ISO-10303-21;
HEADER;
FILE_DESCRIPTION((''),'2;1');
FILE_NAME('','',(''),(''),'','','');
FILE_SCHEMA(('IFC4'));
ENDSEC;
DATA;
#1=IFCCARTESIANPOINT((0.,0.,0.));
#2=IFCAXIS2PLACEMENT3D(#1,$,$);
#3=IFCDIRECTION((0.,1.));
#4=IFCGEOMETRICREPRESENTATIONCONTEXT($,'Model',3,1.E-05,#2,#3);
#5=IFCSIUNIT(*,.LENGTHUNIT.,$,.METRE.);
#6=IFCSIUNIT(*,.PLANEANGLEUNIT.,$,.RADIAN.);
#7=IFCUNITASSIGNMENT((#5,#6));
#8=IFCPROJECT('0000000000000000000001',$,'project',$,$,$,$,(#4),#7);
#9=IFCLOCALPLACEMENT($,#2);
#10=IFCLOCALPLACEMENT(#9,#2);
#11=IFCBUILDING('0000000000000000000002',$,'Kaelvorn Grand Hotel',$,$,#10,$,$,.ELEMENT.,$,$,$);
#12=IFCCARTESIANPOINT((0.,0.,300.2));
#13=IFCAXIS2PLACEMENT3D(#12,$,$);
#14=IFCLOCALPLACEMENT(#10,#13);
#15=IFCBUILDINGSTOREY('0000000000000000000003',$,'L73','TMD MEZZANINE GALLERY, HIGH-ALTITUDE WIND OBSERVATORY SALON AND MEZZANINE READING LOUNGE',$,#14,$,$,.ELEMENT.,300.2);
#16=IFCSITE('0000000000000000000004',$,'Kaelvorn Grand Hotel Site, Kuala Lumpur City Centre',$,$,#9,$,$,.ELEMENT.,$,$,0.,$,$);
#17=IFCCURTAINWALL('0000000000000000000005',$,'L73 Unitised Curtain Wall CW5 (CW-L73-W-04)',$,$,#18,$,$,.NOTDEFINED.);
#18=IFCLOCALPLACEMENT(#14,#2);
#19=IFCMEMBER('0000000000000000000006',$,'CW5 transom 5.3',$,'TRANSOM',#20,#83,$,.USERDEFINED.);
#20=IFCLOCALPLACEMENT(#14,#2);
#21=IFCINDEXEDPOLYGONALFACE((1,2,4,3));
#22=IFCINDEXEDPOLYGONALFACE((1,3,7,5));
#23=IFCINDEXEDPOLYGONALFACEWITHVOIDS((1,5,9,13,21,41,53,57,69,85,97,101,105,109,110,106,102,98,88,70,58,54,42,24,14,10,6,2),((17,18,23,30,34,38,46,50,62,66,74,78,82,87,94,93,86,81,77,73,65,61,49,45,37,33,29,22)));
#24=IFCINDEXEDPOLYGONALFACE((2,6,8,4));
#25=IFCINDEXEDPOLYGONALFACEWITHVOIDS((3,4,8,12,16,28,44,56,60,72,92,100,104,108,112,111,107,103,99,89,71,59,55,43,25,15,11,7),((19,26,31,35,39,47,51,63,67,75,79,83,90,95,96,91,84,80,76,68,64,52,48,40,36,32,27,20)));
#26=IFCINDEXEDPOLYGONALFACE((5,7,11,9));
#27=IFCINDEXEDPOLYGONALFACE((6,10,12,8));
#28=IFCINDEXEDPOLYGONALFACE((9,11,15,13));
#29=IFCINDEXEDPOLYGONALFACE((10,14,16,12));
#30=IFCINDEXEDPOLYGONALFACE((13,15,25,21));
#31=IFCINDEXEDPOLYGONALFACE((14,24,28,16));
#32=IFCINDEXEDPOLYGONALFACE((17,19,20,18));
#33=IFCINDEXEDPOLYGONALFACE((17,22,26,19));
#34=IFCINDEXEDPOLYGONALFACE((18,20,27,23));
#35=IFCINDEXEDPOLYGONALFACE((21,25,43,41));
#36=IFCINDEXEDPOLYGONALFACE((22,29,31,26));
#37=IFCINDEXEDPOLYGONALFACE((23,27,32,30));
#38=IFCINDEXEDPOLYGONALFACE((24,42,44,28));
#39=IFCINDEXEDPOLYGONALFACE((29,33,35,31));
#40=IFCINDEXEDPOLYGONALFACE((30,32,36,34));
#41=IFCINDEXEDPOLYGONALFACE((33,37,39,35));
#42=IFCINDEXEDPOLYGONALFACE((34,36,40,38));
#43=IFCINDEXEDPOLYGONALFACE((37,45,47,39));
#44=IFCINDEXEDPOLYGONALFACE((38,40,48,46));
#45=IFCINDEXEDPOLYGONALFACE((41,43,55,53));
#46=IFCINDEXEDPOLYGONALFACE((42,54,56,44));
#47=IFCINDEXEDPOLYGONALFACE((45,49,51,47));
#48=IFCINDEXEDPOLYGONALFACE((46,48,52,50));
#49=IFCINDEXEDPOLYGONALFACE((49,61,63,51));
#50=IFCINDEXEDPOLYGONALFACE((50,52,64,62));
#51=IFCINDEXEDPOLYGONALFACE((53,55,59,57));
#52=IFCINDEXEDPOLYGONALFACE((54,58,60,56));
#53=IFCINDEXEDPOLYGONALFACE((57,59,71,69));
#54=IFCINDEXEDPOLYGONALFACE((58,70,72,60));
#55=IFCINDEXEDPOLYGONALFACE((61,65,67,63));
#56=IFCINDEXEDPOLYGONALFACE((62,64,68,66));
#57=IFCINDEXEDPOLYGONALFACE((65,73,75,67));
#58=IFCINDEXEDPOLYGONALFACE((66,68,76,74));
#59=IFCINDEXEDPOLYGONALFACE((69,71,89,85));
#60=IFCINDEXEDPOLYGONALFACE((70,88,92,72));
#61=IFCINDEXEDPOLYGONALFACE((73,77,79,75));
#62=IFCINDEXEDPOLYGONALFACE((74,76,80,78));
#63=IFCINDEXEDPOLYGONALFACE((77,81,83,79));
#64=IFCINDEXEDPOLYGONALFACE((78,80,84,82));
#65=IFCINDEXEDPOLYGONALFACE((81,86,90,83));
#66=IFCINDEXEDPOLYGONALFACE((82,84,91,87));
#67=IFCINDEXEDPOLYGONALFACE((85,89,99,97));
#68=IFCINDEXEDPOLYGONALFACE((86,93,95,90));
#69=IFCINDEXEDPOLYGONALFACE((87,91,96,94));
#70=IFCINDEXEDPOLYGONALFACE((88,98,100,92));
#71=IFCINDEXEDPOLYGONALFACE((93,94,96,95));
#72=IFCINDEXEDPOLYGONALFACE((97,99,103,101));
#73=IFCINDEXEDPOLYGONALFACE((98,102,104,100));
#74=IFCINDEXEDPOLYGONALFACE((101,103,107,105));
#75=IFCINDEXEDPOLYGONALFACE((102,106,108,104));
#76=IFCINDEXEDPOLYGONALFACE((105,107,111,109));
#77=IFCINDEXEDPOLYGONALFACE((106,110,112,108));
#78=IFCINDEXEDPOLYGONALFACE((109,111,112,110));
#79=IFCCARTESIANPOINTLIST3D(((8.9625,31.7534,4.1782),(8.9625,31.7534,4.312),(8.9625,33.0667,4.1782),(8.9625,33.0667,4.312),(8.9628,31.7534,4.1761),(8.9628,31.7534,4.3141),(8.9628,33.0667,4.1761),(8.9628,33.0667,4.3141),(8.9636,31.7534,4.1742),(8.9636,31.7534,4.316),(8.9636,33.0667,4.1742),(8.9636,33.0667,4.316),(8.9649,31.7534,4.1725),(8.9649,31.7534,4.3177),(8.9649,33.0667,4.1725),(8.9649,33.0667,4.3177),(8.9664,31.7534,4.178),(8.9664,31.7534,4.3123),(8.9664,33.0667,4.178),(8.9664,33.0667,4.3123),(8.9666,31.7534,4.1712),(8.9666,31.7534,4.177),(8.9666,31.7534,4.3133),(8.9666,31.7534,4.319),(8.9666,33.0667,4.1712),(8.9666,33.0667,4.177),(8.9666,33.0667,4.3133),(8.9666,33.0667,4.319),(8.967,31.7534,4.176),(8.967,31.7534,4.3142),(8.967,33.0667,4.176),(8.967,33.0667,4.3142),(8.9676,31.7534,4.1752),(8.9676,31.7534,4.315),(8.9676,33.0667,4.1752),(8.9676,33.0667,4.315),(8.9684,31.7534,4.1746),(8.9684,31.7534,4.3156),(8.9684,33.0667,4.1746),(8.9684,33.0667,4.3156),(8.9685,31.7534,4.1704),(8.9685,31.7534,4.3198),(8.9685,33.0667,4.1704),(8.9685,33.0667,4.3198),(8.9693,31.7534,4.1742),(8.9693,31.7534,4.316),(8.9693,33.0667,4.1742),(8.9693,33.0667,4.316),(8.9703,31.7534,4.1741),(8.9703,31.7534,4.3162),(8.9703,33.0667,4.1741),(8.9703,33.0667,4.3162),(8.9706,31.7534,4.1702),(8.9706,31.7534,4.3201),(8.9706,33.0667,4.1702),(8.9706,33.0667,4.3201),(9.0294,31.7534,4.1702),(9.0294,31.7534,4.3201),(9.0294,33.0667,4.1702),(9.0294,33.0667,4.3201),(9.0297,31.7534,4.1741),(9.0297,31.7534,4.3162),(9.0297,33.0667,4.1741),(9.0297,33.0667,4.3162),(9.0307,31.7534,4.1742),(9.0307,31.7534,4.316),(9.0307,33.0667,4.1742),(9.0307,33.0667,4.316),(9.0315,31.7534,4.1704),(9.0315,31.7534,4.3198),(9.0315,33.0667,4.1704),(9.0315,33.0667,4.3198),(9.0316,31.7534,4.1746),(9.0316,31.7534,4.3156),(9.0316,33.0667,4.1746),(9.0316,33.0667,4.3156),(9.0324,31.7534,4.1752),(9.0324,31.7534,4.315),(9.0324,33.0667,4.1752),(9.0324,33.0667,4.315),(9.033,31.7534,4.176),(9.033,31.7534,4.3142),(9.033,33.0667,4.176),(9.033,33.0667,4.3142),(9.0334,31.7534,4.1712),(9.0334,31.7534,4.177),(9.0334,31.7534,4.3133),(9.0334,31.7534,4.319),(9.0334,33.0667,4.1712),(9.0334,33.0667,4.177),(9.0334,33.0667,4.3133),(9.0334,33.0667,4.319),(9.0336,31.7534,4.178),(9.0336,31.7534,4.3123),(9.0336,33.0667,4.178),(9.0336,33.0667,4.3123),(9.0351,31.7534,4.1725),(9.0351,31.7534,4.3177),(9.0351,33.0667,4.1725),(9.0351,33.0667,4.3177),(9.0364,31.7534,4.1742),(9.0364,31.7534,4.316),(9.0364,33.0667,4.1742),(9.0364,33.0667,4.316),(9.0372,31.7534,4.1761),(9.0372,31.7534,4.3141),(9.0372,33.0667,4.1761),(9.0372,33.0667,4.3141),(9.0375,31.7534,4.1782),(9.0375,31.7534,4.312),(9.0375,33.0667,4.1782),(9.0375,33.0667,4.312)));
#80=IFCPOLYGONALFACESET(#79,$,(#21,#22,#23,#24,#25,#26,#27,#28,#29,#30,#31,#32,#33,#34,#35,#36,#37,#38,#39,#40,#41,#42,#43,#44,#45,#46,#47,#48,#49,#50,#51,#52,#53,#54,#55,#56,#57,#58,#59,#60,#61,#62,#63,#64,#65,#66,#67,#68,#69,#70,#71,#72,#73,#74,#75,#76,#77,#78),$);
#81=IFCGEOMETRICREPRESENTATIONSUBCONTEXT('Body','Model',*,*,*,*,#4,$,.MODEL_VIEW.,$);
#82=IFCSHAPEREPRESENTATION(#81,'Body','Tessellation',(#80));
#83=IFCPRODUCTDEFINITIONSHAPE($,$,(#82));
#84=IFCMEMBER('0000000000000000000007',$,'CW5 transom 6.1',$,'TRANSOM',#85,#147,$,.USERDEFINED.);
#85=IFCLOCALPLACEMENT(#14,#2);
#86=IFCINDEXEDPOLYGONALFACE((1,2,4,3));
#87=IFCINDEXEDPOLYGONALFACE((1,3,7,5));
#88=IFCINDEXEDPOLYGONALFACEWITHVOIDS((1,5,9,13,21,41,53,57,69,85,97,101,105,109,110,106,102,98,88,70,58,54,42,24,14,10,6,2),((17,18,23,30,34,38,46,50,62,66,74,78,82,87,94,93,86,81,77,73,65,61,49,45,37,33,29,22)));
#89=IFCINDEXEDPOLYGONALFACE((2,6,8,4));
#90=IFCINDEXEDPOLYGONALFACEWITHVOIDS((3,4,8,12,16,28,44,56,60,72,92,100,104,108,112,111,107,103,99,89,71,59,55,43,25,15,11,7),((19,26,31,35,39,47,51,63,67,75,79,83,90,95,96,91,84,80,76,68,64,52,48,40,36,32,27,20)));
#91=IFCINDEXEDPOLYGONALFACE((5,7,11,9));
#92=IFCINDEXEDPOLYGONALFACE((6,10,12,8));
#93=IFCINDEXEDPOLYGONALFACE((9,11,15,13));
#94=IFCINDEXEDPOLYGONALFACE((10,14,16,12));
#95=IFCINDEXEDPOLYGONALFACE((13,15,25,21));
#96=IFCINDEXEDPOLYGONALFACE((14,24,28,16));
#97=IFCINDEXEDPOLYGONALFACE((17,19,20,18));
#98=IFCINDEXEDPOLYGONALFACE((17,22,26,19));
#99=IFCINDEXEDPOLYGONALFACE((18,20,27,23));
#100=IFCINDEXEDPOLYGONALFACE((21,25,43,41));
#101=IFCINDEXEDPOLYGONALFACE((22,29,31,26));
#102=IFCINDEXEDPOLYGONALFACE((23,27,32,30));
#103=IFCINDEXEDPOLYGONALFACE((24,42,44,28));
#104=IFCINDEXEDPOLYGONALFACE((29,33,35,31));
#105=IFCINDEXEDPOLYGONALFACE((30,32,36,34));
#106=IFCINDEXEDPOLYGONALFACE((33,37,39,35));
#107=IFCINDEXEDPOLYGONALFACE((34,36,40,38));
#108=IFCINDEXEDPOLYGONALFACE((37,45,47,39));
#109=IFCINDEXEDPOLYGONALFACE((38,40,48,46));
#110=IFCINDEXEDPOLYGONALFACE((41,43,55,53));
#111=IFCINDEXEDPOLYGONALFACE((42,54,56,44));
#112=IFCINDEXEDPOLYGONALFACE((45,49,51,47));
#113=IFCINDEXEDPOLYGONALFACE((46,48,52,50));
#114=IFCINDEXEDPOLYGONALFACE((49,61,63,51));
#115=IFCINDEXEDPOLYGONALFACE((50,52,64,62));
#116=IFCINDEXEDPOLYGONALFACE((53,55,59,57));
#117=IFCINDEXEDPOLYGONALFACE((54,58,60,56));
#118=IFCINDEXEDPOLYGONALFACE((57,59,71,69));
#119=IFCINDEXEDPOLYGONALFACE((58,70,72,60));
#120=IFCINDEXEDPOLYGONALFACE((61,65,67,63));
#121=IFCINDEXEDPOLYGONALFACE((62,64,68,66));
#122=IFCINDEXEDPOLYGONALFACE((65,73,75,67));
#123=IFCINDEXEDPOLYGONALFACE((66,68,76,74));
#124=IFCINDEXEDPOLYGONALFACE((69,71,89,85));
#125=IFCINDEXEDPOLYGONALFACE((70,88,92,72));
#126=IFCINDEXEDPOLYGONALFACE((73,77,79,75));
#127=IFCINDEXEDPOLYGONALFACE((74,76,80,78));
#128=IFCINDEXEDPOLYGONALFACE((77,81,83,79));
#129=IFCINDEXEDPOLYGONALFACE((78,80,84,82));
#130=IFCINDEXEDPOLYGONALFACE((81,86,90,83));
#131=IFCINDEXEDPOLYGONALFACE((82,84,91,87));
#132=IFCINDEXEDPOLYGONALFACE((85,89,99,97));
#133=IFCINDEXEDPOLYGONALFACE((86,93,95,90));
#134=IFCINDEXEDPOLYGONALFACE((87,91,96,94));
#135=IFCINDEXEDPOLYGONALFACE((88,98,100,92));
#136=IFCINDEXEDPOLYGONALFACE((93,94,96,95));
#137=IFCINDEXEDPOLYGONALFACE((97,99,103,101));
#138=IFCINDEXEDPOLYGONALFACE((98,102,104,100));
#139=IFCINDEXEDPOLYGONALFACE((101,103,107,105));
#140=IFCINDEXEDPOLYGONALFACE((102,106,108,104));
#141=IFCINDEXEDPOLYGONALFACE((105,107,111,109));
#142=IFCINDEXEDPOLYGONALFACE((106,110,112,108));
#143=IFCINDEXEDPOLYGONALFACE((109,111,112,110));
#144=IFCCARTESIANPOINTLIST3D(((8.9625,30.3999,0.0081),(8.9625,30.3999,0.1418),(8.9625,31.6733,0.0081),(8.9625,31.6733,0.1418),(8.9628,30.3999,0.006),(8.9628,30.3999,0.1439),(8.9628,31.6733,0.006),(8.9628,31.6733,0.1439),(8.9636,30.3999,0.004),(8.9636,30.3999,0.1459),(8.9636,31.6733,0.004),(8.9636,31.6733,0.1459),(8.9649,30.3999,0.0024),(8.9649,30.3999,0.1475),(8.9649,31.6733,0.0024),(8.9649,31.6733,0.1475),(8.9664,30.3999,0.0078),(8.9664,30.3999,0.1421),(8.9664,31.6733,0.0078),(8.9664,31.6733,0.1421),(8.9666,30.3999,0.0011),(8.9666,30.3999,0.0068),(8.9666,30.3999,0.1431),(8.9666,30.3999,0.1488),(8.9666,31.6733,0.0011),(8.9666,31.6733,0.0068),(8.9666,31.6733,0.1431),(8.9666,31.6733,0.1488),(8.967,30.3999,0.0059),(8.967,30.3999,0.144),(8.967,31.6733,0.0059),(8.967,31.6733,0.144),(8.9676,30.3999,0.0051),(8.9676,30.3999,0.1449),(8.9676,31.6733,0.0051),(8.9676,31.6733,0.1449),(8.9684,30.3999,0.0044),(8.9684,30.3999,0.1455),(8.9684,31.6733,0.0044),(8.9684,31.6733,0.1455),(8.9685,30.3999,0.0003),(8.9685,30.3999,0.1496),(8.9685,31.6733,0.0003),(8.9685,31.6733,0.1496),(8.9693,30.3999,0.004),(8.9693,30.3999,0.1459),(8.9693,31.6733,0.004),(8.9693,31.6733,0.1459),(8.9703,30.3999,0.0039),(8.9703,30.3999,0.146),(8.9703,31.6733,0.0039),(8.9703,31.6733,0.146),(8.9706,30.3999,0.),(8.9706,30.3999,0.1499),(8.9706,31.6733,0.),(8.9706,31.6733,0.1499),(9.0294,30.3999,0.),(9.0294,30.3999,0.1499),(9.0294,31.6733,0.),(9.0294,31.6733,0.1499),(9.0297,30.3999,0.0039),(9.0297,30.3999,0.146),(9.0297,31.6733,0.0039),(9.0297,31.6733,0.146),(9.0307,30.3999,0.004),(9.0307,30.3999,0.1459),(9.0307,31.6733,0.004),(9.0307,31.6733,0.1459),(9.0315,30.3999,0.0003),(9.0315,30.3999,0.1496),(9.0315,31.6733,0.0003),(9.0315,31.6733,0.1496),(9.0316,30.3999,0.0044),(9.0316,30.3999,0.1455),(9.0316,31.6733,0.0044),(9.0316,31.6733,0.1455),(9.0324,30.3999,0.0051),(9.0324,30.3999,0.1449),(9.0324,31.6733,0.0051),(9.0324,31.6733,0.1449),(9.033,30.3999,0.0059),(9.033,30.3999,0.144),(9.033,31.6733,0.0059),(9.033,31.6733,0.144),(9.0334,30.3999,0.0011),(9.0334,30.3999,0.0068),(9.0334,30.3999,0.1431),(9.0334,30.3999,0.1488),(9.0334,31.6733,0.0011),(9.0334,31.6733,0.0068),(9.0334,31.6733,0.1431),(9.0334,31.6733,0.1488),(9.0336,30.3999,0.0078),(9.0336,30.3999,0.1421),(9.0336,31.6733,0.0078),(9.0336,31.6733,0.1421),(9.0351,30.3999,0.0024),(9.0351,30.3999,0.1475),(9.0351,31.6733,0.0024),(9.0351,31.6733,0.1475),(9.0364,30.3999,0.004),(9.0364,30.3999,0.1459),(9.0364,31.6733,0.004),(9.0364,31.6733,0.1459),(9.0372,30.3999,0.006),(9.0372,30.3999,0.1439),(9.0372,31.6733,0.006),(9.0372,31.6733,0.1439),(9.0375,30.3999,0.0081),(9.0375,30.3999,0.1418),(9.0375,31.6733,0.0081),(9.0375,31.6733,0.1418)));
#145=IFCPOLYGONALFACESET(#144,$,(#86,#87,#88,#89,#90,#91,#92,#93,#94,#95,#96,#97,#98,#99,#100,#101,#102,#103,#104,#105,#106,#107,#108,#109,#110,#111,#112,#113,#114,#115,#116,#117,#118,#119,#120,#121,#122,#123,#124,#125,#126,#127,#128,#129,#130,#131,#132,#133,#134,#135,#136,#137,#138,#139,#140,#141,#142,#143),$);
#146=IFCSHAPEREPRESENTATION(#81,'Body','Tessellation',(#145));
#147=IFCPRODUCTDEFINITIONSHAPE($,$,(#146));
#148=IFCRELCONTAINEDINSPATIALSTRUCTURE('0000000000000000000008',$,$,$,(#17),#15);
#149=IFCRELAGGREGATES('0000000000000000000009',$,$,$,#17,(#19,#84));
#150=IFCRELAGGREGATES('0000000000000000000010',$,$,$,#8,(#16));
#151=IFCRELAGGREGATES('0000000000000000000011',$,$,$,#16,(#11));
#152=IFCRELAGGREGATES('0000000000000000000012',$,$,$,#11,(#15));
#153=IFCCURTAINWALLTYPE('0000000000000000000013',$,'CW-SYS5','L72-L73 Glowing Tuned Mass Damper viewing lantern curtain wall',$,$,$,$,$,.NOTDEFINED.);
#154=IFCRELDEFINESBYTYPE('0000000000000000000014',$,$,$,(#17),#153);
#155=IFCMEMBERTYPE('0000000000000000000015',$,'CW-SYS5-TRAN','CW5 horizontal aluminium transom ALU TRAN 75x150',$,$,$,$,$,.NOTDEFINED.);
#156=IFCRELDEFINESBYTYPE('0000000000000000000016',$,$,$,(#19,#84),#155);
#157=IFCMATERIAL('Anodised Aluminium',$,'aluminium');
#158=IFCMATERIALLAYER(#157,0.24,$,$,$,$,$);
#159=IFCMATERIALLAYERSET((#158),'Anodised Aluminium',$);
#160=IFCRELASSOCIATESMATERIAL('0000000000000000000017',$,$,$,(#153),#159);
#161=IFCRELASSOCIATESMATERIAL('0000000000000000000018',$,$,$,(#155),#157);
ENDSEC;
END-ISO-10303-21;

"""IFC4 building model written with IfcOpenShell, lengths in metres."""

from ifc_helpers import new_model, si_unit, direction, frame, origin, origin_2d, place, context, subcontext, project, spatial, hollow_rectangle, extrude, material, layer, layer_set, material_profile, profile_set, type_object, element, aggregate, save


model = new_model("IFC4")

# Units and contexts
model_context = context("Model", 3, precision=1e-05, world=origin(), true_north=direction((0.0, 1.0)))
body_context = subcontext(model_context, "Body", "Model", "MODEL_VIEW")
ifc_project = project(units=[si_unit("LENGTHUNIT", "METRE"), si_unit("PLANEANGLEUNIT", "RADIAN")], contexts=[model_context])

# Site, building, storey
site_placement = place(None, origin())
site = spatial("IfcSite", under=ifc_project, at=site_placement, Name="Kaelvorn Grand Hotel Site, Kuala Lumpur City Centre", CompositionType="ELEMENT", RefElevation=0.0)
building_placement = place(site_placement, origin())
building = spatial("IfcBuilding", under=site, at=building_placement, Name="Kaelvorn Grand Hotel", CompositionType="ELEMENT")
storey_placement = place(building_placement, frame((0.0, 0.0, 300.2)))
storey = spatial("IfcBuildingStorey", under=building, at=storey_placement, Name="L73", Description="TMD MEZZANINE GALLERY, HIGH-ALTITUDE WIND OBSERVATORY SALON AND MEZZANINE READING LOUNGE", CompositionType="ELEMENT", Elevation=300.2)

# Curtain wall, members
ifc_material_1 = material(Name="Anodised Aluminium", Category="aluminium")
ifc_layer_1 = layer(ifc_material_1, 0.24)
ifc_layer_set_1 = layer_set([ifc_layer_1], Name="Anodised Aluminium")
curtain_wall_type = type_object("IfcCurtainWallType", Name="CW-SYS5", Description="L72-L73 Glowing Tuned Mass Damper viewing lantern curtain wall", PredefinedType="NOTDEFINED", material=ifc_layer_set_1)
curtain_wall_placement = place(storey_placement, origin())
curtain_wall = element("IfcCurtainWall", 1, at=curtain_wall_placement, inside=storey, type_object=curtain_wall_type, Name="L73 Unitised Curtain Wall CW5 (CW-L73-W-04)", PredefinedType="NOTDEFINED")
ifc_material_profile_1 = material_profile(ifc_material_1, hollow_rectangle(XDim=0.075, YDim=0.1499, WallThickness=0.0039, InnerFilletRadius=0.0039, OuterFilletRadius=0.0081, at=origin_2d()), Name="ALU TRAN 75x150")
ifc_profile_set_1 = profile_set([ifc_material_profile_1], Name="Anodised Aluminium")
member_type_1 = type_object("IfcMemberType", Name="CW-SYS5-TRAN", Description="CW5 horizontal aluminium transom ALU TRAN 75x150", PredefinedType="NOTDEFINED", material=ifc_profile_set_1)
member_1_placement = place(storey_placement, frame((9.0, 33.0667, 4.2451), z_axis=(0.0, -1.0, 0.0), x_axis=(1.0, 0.0, 0.0)))
member_1 = element("IfcMember", 2, at=member_1_placement, type_object=member_type_1, Name="CW5 transom 5.3", ObjectType="TRANSOM", PredefinedType="USERDEFINED", context=body_context, shape_type="SweptSolid", body=[
    extrude(hollow_rectangle(XDim=0.075, YDim=0.1499, WallThickness=0.0039, InnerFilletRadius=0.0039, OuterFilletRadius=0.0081, at=origin_2d()), origin(), (0.0, 0.0, 1.0), 1.3132),
])
member_2_placement = place(storey_placement, frame((9.0, 31.6733, 0.075), z_axis=(0.0, -1.0, 0.0), x_axis=(1.0, 0.0, 0.0)))
member_2 = element("IfcMember", 3, at=member_2_placement, type_object=member_type_1, Name="CW5 transom 6.1", ObjectType="TRANSOM", PredefinedType="USERDEFINED", context=body_context, shape_type="SweptSolid", body=[
    extrude(hollow_rectangle(XDim=0.075, YDim=0.1499, WallThickness=0.0039, InnerFilletRadius=0.0039, OuterFilletRadius=0.0081, at=origin_2d()), origin(), (0.0, 0.0, 1.0), 1.2734),
])
aggregate(curtain_wall, [member_1, member_2])

save(model, "model.ifc")
